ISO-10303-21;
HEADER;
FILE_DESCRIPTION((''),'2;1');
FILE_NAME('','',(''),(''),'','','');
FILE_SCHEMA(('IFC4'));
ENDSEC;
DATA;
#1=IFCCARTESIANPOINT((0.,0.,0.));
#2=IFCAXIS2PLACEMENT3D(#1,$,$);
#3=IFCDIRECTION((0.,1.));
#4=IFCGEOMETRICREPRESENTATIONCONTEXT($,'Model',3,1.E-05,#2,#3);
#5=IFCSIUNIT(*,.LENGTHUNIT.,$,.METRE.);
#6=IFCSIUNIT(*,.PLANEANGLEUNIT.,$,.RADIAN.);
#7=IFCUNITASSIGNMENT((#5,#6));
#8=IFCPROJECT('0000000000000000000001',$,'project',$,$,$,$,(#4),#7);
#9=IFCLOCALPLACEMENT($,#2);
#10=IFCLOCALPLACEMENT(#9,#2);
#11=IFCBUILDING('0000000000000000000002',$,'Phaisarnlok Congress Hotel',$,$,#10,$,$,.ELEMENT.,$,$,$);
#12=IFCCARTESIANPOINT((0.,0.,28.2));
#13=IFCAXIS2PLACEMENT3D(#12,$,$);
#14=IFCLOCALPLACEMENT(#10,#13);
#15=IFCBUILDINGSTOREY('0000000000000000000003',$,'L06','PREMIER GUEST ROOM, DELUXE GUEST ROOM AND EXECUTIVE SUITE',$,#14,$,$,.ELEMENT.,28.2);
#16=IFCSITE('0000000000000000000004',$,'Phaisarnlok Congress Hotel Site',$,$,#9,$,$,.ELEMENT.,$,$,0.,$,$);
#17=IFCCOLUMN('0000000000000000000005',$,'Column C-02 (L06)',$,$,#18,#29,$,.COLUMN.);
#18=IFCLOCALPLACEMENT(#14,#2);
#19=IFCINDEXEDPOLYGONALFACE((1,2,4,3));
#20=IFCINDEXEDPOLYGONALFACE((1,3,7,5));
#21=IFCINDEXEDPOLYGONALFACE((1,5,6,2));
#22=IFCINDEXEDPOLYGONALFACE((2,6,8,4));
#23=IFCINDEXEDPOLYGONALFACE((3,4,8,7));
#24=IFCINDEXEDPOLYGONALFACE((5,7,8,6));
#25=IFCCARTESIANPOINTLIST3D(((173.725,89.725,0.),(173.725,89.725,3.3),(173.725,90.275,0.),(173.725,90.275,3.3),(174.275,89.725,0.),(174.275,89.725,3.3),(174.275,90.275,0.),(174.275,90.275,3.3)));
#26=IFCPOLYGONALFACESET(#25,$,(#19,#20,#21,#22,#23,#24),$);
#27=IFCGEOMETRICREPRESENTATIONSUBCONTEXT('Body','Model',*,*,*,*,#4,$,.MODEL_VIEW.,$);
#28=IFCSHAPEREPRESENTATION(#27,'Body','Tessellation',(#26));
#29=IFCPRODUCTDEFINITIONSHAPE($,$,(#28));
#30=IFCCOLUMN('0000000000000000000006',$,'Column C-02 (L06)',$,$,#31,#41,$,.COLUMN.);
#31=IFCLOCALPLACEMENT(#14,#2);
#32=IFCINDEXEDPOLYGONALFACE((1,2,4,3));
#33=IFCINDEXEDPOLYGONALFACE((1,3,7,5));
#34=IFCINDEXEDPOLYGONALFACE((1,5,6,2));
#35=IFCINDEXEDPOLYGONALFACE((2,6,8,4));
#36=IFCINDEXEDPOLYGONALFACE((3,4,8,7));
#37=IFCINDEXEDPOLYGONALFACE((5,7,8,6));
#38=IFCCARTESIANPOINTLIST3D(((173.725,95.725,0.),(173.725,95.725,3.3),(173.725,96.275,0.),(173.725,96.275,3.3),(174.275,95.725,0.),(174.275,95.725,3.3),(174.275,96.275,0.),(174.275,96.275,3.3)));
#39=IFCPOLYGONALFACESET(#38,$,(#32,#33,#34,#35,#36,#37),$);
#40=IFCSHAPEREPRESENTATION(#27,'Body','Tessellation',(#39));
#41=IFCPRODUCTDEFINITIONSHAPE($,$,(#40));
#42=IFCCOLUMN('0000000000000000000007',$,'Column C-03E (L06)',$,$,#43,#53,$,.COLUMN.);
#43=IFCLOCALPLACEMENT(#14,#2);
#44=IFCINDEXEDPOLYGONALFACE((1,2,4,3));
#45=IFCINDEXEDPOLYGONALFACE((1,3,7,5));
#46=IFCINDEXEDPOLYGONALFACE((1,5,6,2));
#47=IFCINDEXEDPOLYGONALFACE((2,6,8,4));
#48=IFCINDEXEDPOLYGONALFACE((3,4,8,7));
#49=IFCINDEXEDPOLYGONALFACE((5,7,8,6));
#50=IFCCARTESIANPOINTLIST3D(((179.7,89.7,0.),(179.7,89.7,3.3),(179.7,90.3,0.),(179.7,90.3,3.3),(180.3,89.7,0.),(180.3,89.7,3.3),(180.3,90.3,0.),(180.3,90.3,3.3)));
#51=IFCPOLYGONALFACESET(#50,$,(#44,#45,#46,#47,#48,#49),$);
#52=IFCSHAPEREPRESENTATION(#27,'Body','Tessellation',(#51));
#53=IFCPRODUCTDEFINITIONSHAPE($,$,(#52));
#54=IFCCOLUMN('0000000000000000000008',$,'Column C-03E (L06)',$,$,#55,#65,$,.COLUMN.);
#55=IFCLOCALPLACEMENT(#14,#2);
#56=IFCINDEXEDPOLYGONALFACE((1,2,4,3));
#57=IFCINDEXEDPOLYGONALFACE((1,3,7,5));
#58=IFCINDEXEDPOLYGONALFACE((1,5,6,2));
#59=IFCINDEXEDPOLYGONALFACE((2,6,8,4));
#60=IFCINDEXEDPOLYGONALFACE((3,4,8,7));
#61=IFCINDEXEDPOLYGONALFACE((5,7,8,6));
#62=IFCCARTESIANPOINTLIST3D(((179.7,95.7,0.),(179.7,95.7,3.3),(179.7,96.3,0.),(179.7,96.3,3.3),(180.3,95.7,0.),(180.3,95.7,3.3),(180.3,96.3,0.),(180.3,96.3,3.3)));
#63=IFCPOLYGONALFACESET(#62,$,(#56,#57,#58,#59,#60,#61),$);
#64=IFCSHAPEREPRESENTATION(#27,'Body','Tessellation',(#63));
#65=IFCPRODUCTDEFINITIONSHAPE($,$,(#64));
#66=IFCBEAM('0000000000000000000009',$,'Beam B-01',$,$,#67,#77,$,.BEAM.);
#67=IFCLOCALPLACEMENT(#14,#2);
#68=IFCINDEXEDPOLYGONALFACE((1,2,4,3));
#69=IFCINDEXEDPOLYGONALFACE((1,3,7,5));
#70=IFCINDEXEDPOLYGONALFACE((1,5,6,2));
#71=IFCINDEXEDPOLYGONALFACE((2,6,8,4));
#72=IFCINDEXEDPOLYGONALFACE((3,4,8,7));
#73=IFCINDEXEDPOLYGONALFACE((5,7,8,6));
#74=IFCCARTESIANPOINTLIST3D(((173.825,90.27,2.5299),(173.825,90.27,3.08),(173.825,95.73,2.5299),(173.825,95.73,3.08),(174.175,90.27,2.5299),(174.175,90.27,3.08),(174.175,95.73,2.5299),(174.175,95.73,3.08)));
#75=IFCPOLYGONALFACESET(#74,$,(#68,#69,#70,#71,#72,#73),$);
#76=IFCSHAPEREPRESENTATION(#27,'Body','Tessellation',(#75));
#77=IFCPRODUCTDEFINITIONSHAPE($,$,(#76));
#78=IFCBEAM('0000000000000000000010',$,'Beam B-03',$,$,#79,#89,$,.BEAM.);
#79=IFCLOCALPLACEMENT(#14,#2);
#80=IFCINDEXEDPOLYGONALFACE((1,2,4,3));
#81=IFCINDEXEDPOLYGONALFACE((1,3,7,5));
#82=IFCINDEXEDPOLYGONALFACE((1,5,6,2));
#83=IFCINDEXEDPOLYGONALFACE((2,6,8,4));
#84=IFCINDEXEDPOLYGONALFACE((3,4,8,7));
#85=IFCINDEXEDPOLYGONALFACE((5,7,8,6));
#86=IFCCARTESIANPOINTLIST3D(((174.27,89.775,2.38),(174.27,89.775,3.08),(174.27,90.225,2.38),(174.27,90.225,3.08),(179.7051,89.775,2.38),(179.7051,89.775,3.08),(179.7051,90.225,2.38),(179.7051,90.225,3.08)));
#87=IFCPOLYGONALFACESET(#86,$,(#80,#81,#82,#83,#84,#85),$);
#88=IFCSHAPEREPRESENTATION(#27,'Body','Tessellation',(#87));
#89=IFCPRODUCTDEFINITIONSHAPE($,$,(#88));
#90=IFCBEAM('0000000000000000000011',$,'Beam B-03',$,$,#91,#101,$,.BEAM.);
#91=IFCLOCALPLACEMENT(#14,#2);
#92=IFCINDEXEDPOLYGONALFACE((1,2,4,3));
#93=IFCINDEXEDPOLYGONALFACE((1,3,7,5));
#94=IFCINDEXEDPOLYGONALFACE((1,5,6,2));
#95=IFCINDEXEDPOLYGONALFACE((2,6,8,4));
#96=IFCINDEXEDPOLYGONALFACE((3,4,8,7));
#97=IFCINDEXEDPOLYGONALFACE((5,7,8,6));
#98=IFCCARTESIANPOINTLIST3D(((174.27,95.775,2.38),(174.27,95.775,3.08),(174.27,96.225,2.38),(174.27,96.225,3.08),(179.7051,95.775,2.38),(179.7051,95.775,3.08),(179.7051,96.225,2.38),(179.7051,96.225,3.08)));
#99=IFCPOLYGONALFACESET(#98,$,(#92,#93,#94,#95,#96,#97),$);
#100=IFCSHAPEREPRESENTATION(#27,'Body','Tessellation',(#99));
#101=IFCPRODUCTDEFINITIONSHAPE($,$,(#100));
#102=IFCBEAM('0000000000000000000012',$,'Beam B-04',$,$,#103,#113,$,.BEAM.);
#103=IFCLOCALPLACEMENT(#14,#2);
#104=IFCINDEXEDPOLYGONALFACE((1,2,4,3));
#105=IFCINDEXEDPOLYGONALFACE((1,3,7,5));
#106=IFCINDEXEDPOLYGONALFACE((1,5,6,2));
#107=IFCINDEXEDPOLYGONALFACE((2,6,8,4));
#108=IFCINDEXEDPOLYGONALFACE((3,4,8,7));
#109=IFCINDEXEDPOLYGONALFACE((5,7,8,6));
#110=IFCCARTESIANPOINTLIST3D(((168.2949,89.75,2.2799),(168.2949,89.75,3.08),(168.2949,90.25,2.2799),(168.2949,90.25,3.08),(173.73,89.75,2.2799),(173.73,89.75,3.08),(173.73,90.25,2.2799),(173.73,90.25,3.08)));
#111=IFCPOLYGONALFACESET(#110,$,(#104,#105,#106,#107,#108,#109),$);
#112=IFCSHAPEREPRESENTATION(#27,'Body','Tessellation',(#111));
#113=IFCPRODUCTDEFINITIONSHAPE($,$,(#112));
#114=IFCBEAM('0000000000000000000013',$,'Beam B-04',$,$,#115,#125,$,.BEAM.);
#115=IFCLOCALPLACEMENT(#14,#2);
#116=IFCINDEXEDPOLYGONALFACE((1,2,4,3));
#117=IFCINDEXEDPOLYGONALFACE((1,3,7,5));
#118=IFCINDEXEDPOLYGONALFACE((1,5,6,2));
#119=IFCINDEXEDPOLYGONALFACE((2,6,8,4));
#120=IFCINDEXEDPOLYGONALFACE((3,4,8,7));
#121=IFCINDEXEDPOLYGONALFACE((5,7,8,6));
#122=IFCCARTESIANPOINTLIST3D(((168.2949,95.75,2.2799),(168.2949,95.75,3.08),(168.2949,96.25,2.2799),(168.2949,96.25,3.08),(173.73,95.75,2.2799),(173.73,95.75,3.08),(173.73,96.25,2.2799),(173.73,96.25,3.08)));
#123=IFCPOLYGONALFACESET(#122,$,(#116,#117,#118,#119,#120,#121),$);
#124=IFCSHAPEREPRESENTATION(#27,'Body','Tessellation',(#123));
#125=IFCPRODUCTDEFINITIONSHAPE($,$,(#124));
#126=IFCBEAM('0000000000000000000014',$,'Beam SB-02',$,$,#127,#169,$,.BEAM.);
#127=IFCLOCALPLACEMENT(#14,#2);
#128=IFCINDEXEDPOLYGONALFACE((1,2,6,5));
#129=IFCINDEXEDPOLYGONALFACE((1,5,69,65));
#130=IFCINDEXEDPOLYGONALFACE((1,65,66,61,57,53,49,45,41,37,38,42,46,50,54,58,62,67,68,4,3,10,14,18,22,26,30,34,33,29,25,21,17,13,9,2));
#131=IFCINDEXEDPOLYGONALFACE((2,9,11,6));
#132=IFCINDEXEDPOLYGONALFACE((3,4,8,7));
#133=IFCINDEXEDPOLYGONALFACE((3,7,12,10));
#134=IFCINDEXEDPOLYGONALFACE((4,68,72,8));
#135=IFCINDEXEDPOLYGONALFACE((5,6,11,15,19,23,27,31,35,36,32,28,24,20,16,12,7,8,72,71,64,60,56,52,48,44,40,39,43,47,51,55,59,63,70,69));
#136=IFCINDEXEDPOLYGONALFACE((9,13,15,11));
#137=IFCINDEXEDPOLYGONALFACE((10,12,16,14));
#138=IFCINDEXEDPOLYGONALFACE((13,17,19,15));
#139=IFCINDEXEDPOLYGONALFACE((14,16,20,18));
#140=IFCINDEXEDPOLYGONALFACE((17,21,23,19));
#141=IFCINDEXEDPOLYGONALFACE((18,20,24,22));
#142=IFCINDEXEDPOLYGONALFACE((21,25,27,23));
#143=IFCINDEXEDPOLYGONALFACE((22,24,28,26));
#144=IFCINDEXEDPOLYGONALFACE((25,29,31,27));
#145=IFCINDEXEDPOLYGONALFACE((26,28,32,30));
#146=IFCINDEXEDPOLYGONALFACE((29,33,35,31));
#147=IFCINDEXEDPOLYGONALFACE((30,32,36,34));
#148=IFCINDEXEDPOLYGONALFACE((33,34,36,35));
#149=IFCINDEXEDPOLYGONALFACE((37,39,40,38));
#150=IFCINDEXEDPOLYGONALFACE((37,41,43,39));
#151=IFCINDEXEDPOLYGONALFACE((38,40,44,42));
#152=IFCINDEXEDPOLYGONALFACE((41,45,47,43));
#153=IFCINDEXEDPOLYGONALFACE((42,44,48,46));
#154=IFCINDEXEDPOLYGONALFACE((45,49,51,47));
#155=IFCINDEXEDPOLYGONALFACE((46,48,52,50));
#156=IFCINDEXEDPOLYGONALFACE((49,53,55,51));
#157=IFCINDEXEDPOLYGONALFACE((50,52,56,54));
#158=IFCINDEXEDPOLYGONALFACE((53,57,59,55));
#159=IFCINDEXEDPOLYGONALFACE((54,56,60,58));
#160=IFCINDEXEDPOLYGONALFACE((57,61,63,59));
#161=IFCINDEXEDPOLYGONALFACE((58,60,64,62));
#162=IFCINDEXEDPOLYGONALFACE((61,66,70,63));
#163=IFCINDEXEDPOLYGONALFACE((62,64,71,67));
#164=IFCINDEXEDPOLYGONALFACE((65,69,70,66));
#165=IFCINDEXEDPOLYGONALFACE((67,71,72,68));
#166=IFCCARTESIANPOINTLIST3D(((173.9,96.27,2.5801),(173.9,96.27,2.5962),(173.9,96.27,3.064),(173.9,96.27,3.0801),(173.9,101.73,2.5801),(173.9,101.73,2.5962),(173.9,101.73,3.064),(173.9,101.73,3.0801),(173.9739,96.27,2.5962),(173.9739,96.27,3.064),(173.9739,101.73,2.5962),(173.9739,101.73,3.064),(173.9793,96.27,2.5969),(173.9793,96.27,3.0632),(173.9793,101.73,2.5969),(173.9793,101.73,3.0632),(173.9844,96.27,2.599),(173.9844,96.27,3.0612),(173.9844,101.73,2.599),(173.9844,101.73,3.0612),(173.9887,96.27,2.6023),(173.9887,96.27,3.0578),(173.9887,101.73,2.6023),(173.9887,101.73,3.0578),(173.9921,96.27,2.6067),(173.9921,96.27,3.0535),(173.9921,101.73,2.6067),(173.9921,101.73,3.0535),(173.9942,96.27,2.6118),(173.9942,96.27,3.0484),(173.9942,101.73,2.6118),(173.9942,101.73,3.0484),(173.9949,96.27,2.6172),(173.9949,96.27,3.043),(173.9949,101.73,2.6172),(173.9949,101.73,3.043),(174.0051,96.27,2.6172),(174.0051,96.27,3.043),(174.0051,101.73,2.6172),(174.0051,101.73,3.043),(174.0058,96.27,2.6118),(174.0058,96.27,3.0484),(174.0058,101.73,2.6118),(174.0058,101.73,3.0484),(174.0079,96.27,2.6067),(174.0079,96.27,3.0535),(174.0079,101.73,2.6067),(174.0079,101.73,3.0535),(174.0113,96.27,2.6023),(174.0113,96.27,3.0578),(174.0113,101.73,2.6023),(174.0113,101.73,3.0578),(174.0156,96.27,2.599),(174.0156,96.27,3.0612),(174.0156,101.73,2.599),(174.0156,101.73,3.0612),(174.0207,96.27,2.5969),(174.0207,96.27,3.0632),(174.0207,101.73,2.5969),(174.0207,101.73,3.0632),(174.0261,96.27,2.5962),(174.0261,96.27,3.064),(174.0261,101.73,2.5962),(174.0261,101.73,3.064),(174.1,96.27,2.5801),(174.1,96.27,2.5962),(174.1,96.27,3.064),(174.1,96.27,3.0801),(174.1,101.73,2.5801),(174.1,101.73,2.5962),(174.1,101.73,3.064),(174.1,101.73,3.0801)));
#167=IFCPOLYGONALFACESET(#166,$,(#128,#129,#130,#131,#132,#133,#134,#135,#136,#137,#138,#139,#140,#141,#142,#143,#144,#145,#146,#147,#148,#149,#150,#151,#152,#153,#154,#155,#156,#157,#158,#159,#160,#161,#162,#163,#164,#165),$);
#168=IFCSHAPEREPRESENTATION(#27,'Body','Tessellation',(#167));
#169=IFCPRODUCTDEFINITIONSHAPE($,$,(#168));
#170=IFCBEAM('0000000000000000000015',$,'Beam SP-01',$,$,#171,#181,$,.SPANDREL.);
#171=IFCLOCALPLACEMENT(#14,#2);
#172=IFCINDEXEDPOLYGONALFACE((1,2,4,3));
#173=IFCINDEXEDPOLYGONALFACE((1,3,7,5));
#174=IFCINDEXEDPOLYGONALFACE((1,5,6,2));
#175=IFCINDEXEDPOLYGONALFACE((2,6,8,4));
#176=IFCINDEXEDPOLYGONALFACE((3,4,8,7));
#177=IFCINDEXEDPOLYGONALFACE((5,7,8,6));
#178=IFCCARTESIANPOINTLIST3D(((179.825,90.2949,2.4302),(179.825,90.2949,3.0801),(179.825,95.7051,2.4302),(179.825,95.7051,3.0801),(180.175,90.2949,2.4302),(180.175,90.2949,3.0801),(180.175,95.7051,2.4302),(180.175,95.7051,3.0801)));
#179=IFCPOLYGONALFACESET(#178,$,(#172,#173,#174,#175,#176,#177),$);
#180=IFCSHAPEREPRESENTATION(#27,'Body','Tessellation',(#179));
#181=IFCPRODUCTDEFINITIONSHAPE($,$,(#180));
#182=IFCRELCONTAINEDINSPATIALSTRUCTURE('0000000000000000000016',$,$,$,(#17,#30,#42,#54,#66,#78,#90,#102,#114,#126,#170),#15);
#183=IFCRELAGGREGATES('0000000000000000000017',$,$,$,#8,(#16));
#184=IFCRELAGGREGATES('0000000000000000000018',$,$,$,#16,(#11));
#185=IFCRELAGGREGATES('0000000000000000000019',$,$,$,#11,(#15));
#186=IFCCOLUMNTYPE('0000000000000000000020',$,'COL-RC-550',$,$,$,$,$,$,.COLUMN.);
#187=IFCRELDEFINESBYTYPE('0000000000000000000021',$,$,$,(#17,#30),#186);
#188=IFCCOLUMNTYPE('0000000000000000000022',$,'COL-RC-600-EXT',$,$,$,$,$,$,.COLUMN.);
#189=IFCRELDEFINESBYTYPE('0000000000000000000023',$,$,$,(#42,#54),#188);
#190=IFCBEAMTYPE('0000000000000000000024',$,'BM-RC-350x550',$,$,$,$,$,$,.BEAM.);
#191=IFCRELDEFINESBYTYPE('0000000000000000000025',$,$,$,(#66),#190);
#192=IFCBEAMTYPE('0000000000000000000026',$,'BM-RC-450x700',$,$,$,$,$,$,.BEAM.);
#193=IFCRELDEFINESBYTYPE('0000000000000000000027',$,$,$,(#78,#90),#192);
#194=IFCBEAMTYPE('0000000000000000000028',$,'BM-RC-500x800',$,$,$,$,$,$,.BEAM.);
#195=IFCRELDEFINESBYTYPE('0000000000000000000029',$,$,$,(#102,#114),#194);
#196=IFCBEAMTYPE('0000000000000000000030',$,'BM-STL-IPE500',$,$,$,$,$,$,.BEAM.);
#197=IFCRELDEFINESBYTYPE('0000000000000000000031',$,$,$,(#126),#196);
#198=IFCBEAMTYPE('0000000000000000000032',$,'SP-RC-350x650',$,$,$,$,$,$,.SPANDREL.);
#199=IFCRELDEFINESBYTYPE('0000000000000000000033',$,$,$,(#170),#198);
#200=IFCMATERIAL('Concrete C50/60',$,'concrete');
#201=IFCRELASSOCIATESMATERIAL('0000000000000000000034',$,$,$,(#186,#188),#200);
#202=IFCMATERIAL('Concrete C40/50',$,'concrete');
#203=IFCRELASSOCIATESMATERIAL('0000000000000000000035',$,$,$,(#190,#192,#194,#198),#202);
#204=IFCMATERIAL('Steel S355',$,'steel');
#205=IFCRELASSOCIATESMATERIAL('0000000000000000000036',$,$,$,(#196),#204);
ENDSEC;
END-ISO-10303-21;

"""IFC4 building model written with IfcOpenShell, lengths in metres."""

from ifc_helpers import new_model, si_unit, direction, frame, origin, origin_2d, place, context, subcontext, project, spatial, rectangle, i_section, extrude, material, material_profile, profile_set, type_object, element, save


model = new_model("IFC4")

# Units and contexts
model_context = context("Model", 3, precision=1e-05, world=origin(), true_north=direction((0.0, 1.0)))
body_context = subcontext(model_context, "Body", "Model", "MODEL_VIEW")
ifc_project = project(units=[si_unit("LENGTHUNIT", "METRE"), si_unit("PLANEANGLEUNIT", "RADIAN")], contexts=[model_context])

# Site, building, storey
site_placement = place(None, origin())
site = spatial("IfcSite", under=ifc_project, at=site_placement, Name="Phaisarnlok Congress Hotel Site", CompositionType="ELEMENT", RefElevation=0.0)
building_placement = place(site_placement, origin())
building = spatial("IfcBuilding", under=site, at=building_placement, Name="Phaisarnlok Congress Hotel", CompositionType="ELEMENT")
storey_placement = place(building_placement, frame((0.0, 0.0, 28.2)))
storey = spatial("IfcBuildingStorey", under=building, at=storey_placement, Name="L06", Description="PREMIER GUEST ROOM, DELUXE GUEST ROOM AND EXECUTIVE SUITE", CompositionType="ELEMENT", Elevation=28.2)

# Columns
ifc_material_1 = material(Name="Concrete C50/60", Category="concrete")
ifc_material_profile_1 = material_profile(ifc_material_1, rectangle(XDim=0.55, YDim=0.55, at=origin_2d()), Name="RC 550x550")
ifc_profile_set_1 = profile_set([ifc_material_profile_1], Name="Concrete C50/60")
column_type_1 = type_object("IfcColumnType", Name="COL-RC-550", PredefinedType="COLUMN", material=ifc_profile_set_1)
for number, where, z_axis, x_axis, name in (
    (1, (174.0, 90.0, 0.0), (0.0, 0.0, 1.0), (1.0, 0.0, 0.0), "Column C-02 (L06)"),
    (2, (174.0, 96.0, 0.0), (0.0, 0.0, 1.0), (1.0, 0.0, 0.0), "Column C-02 (L06)"),
):
    element("IfcColumn", number, at=place(storey_placement, frame(where, z_axis=z_axis, x_axis=x_axis)), inside=storey, type_object=column_type_1, Name=name, PredefinedType="COLUMN", context=body_context, shape_type="SweptSolid", body=[
        extrude(rectangle(XDim=0.55, YDim=0.55, at=origin_2d()), origin(), (0.0, 0.0, 1.0), 3.3),
    ])
ifc_material_profile_2 = material_profile(ifc_material_1, rectangle(XDim=0.6001, YDim=0.6001, at=origin_2d()), Name="RC 600x600")
ifc_profile_set_2 = profile_set([ifc_material_profile_2], Name="Concrete C50/60")
column_type_2 = type_object("IfcColumnType", Name="COL-RC-600-EXT", PredefinedType="COLUMN", material=ifc_profile_set_2)
for number, where, z_axis, x_axis, name in (
    (3, (180.0, 90.0, 0.0), (0.0, 0.0, 1.0), (1.0, 0.0, 0.0), "Column C-03E (L06)"),
    (4, (180.0, 96.0, 0.0), (0.0, 0.0, 1.0), (1.0, 0.0, 0.0), "Column C-03E (L06)"),
):
    element("IfcColumn", number, at=place(storey_placement, frame(where, z_axis=z_axis, x_axis=x_axis)), inside=storey, type_object=column_type_2, Name=name, PredefinedType="COLUMN", context=body_context, shape_type="SweptSolid", body=[
        extrude(rectangle(XDim=0.6001, YDim=0.6001, at=origin_2d()), origin(), (0.0, 0.0, 1.0), 3.3),
    ])

# Beams
ifc_material_2 = material(Name="Concrete C40/50", Category="concrete")
ifc_material_profile_3 = material_profile(ifc_material_2, rectangle(XDim=0.3501, YDim=0.55, at=origin_2d()), Name="RC 350x550")
ifc_profile_set_3 = profile_set([ifc_material_profile_3], Name="Concrete C40/50")
beam_type_1 = type_object("IfcBeamType", Name="BM-RC-350x550", PredefinedType="BEAM", material=ifc_profile_set_3)
beam_1_placement = place(storey_placement, frame((174.0, 90.27, 2.8049), z_axis=(0.0, 1.0, 0.0), x_axis=(-1.0, 0.0, 0.0)))
element("IfcBeam", 5, at=beam_1_placement, inside=storey, type_object=beam_type_1, Name="Beam B-01", PredefinedType="BEAM", context=body_context, shape_type="SweptSolid", body=[
    extrude(rectangle(XDim=0.3501, YDim=0.55, at=origin_2d()), origin(), (0.0, 0.0, 1.0), 5.46),
])
ifc_material_profile_4 = material_profile(ifc_material_2, rectangle(XDim=0.45, YDim=0.7, at=origin_2d()), Name="RC 450x700")
ifc_profile_set_4 = profile_set([ifc_material_profile_4], Name="Concrete C40/50")
beam_type_2 = type_object("IfcBeamType", Name="BM-RC-450x700", PredefinedType="BEAM", material=ifc_profile_set_4)
for number, where, z_axis, x_axis, name in (
    (6, (174.27, 90.0, 2.73), (1.0, 0.0, 0.0), (0.0, 1.0, 0.0), "Beam B-03"),
    (7, (174.27, 96.0, 2.73), (1.0, 0.0, 0.0), (0.0, 1.0, 0.0), "Beam B-03"),
):
    element("IfcBeam", number, at=place(storey_placement, frame(where, z_axis=z_axis, x_axis=x_axis)), inside=storey, type_object=beam_type_2, Name=name, PredefinedType="BEAM", context=body_context, shape_type="SweptSolid", body=[
        extrude(rectangle(XDim=0.45, YDim=0.7, at=origin_2d()), origin(), (0.0, 0.0, 1.0), 5.4351),
    ])
ifc_material_profile_5 = material_profile(ifc_material_2, rectangle(XDim=0.5, YDim=0.8, at=origin_2d()), Name="RC 500x800")
ifc_profile_set_5 = profile_set([ifc_material_profile_5], Name="Concrete C40/50")
beam_type_3 = type_object("IfcBeamType", Name="BM-RC-500x800", PredefinedType="BEAM", material=ifc_profile_set_5)
for number, where, z_axis, x_axis, name in (
    (8, (168.2949, 90.0, 2.6799), (1.0, 0.0, 0.0), (0.0, 1.0, 0.0), "Beam B-04"),
    (9, (168.2949, 96.0, 2.6799), (1.0, 0.0, 0.0), (0.0, 1.0, 0.0), "Beam B-04"),
):
    element("IfcBeam", number, at=place(storey_placement, frame(where, z_axis=z_axis, x_axis=x_axis)), inside=storey, type_object=beam_type_3, Name=name, PredefinedType="BEAM", context=body_context, shape_type="SweptSolid", body=[
        extrude(rectangle(XDim=0.5, YDim=0.8, at=origin_2d()), origin(), (0.0, 0.0, 1.0), 5.4351),
    ])
ifc_material_3 = material(Name="Steel S355", Category="steel")
ifc_material_profile_6 = material_profile(ifc_material_3, i_section(OverallWidth=0.2, OverallDepth=0.5, WebThickness=0.0103, FlangeThickness=0.0161, FilletRadius=0.021, at=origin_2d()), Name="IPE 500")
ifc_profile_set_6 = profile_set([ifc_material_profile_6], Name="Steel S355")
beam_type_4 = type_object("IfcBeamType", Name="BM-STL-IPE500", PredefinedType="BEAM", material=ifc_profile_set_6)
beam_2_placement = place(storey_placement, frame((174.0, 96.27, 2.8301), z_axis=(0.0, 1.0, 0.0), x_axis=(-1.0, 0.0, 0.0)))
element("IfcBeam", 10, at=beam_2_placement, inside=storey, type_object=beam_type_4, Name="Beam SB-02", PredefinedType="BEAM", context=body_context, shape_type="SweptSolid", body=[
    extrude(i_section(OverallWidth=0.2, OverallDepth=0.5, WebThickness=0.0103, FlangeThickness=0.0161, FilletRadius=0.021, at=origin_2d()), origin(), (0.0, 0.0, 1.0), 5.46),
])
ifc_material_profile_7 = material_profile(ifc_material_2, rectangle(XDim=0.3501, YDim=0.6499, at=origin_2d()), Name="RC 350x650")
ifc_profile_set_7 = profile_set([ifc_material_profile_7], Name="Concrete C40/50")
beam_type_5 = type_object("IfcBeamType", Name="SP-RC-350x650", PredefinedType="SPANDREL", material=ifc_profile_set_7)
beam_3_placement = place(storey_placement, frame((180.0, 90.2949, 2.7551), z_axis=(0.0, 1.0, 0.0), x_axis=(-1.0, 0.0, 0.0)))
element("IfcBeam", 11, at=beam_3_placement, inside=storey, type_object=beam_type_5, Name="Beam SP-01", PredefinedType="SPANDREL", context=body_context, shape_type="SweptSolid", body=[
    extrude(rectangle(XDim=0.3501, YDim=0.6499, at=origin_2d()), origin(), (0.0, 0.0, 1.0), 5.4102),
])

save(model, "model.ifc")
